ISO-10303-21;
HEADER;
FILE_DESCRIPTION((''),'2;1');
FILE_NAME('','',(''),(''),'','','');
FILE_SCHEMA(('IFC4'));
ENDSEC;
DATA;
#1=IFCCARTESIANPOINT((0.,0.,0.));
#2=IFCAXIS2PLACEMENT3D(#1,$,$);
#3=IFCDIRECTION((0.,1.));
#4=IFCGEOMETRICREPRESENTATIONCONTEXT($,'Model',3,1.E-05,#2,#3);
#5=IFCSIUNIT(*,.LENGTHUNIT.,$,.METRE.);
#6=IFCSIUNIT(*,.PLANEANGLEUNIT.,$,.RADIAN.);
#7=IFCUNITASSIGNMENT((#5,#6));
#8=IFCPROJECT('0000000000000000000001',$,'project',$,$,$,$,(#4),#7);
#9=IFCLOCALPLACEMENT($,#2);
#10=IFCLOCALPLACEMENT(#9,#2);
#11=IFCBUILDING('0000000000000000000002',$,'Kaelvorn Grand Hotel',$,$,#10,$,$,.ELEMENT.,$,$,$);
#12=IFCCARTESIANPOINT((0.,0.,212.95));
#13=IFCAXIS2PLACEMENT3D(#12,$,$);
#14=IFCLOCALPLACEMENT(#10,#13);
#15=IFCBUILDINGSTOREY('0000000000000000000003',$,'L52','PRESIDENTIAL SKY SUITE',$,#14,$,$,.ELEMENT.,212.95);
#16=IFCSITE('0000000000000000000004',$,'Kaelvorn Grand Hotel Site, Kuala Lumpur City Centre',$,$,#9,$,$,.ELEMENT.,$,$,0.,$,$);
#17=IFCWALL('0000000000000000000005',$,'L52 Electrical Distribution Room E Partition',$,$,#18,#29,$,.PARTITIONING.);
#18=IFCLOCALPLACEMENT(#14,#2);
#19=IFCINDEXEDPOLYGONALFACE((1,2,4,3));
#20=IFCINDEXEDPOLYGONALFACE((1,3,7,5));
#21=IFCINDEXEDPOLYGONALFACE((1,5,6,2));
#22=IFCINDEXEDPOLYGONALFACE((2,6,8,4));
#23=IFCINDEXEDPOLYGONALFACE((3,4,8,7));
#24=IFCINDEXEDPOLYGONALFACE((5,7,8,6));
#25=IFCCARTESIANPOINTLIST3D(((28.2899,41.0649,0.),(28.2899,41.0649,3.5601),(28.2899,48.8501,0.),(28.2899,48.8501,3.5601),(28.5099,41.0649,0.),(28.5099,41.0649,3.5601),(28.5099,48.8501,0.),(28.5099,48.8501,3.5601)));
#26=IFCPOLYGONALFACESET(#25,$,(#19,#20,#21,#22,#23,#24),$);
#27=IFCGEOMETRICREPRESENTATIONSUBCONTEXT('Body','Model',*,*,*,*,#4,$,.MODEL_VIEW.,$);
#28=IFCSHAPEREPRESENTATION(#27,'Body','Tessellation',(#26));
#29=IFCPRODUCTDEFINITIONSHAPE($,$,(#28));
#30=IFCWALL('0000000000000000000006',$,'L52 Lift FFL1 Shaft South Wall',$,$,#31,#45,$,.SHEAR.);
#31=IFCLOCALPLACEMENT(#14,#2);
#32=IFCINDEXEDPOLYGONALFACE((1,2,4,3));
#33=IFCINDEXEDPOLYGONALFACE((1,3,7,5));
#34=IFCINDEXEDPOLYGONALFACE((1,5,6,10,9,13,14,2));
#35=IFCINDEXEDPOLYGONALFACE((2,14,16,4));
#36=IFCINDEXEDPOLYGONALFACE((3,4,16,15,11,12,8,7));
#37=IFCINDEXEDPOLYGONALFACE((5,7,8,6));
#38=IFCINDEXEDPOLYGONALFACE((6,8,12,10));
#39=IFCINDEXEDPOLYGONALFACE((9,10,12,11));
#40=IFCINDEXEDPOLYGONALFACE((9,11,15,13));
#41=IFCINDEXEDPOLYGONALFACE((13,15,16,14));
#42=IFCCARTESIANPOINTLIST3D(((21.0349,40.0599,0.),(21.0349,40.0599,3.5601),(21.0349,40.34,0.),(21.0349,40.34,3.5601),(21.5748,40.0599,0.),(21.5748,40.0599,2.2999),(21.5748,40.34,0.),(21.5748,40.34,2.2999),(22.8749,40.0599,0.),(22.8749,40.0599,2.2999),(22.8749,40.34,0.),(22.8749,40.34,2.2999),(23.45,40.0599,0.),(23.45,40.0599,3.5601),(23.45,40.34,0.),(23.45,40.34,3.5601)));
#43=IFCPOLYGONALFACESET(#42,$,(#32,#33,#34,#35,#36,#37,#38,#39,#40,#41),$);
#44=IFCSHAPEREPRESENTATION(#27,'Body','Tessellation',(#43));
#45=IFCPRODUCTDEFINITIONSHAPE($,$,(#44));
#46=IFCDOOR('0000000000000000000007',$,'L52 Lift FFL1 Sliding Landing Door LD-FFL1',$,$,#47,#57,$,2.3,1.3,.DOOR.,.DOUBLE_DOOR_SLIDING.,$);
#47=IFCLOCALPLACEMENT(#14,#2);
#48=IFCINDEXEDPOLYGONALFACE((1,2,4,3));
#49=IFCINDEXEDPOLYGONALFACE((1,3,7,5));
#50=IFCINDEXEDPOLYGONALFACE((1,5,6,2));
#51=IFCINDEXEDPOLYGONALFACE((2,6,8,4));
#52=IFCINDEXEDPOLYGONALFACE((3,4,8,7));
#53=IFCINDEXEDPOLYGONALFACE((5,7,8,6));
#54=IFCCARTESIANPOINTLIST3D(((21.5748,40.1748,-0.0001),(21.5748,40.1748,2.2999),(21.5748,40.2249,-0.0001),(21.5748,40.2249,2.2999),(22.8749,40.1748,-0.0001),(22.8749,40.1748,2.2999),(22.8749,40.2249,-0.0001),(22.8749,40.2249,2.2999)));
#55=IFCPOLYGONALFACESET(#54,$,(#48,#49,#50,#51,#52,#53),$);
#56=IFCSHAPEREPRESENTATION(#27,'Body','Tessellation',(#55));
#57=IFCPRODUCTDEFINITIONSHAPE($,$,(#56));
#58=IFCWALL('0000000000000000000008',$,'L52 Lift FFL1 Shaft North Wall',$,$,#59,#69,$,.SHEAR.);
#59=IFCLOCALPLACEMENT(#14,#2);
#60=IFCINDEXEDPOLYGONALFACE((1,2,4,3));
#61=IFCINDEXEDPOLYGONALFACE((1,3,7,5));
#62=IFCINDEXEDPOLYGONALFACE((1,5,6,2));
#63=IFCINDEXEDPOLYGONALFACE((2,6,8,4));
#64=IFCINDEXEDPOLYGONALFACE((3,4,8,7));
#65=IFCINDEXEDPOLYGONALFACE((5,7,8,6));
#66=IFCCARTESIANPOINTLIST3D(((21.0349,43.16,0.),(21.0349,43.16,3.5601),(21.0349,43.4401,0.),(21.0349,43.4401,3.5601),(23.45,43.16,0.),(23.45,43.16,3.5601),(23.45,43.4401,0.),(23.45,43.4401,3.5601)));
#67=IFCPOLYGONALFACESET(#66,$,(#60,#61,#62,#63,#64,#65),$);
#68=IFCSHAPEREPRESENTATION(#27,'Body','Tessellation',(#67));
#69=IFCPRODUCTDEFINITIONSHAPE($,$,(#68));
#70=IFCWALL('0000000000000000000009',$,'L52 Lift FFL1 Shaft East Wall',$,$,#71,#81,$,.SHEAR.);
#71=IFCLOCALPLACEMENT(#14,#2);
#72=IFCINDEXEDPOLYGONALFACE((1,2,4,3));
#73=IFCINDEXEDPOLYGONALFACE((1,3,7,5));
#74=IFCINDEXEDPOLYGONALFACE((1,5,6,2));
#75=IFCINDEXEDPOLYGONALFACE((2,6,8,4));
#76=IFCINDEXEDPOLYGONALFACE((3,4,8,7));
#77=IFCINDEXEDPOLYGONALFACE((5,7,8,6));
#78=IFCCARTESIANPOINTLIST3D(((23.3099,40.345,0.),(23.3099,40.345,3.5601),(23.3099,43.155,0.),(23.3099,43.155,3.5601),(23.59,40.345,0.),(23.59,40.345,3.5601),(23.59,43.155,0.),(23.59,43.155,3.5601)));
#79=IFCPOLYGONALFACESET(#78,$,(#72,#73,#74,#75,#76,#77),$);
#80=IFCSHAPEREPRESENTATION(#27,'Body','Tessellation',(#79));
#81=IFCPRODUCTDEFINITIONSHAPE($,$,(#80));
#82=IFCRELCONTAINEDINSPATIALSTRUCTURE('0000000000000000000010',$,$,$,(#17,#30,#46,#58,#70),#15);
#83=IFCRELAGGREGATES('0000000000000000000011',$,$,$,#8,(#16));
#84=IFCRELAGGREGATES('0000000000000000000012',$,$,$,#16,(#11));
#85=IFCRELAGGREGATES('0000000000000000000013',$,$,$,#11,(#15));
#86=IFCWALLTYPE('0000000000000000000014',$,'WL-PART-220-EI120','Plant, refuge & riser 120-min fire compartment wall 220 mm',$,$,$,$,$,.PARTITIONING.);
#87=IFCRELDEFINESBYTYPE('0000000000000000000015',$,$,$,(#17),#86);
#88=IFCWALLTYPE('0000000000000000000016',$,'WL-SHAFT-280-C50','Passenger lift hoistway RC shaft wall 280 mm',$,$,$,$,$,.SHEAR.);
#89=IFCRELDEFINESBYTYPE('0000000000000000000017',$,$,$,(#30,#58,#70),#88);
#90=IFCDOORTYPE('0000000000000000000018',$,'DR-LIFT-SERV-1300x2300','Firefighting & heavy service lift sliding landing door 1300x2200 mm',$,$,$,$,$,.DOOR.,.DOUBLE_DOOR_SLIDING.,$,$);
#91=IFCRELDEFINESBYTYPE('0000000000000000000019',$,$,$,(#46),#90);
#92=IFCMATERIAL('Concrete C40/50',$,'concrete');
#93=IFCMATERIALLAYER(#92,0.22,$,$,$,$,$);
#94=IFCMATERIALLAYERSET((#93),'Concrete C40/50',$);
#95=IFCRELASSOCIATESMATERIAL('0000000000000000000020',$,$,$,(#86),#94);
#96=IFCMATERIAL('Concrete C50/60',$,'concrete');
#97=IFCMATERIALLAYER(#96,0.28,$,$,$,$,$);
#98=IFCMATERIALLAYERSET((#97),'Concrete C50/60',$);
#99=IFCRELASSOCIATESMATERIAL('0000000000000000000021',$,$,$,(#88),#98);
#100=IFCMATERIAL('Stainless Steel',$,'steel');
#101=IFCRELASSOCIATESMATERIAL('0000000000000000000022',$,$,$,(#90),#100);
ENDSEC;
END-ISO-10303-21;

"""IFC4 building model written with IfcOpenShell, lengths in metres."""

from ifc_helpers import new_model, si_unit, direction, frame, frame_2d, origin, place, context, subcontext, project, spatial, rectangle, extrude, material, layer, layer_set, type_object, element, fill, save


model = new_model("IFC4")

# Units and contexts
model_context = context("Model", 3, precision=1e-05, world=origin(), true_north=direction((0.0, 1.0)))
body_context = subcontext(model_context, "Body", "Model", "MODEL_VIEW")
ifc_project = project(units=[si_unit("LENGTHUNIT", "METRE"), si_unit("PLANEANGLEUNIT", "RADIAN")], contexts=[model_context])

# Site, building, storey
site_placement = place(None, origin())
site = spatial("IfcSite", under=ifc_project, at=site_placement, Name="Kaelvorn Grand Hotel Site, Kuala Lumpur City Centre", CompositionType="ELEMENT", RefElevation=0.0)
building_placement = place(site_placement, origin())
building = spatial("IfcBuilding", under=site, at=building_placement, Name="Kaelvorn Grand Hotel", CompositionType="ELEMENT")
storey_placement = place(building_placement, frame((0.0, 0.0, 212.95)))
storey = spatial("IfcBuildingStorey", under=building, at=storey_placement, Name="L52", Description="PRESIDENTIAL SKY SUITE", CompositionType="ELEMENT", Elevation=212.95)

# Shared definitions
ifc_material_1 = material(Name="Concrete C50/60", Category="concrete")

# Shared definitions
ifc_material_2 = material(Name="Concrete C40/50", Category="concrete")
ifc_layer_1 = layer(ifc_material_2, 0.22)
ifc_layer_set_1 = layer_set([ifc_layer_1], Name="Concrete C40/50")
wall_type_1 = type_object("IfcWallType", Name="WL-PART-220-EI120", Description="Plant, refuge & riser 120-min fire compartment wall 220 mm", PredefinedType="PARTITIONING", material=ifc_layer_set_1)

# Wall
for number, where, z_axis, x_axis, name in (
    (1, (28.3999, 41.0649, 0.0), (0.0, 0.0, 1.0), (0.0, 1.0, 0.0), "L52 Electrical Distribution Room E Partition"),
):
    element("IfcWall", number, at=place(storey_placement, frame(where, z_axis=z_axis, x_axis=x_axis)), inside=storey, type_object=wall_type_1, Name=name, PredefinedType="PARTITIONING", context=body_context, shape_type="SweptSolid", body=[
        extrude(rectangle(XDim=7.7852, YDim=0.22, at=frame_2d((3.8926, 0.0))), origin(), (0.0, 0.0, 1.0), 3.5601),
    ])

# Wall, opening, door
ifc_layer_2 = layer(ifc_material_1, 0.28)
ifc_layer_set_2 = layer_set([ifc_layer_2], Name="Concrete C50/60")
wall_type_2 = type_object("IfcWallType", Name="WL-SHAFT-280-C50", Description="Passenger lift hoistway RC shaft wall 280 mm", PredefinedType="SHEAR", material=ifc_layer_set_2)
wall_1_placement = place(storey_placement, frame((21.0349, 40.2, 0.0), z_axis=(0.0, 0.0, 1.0), x_axis=(1.0, 0.0, 0.0)))
wall_1 = element("IfcWall", 2, at=wall_1_placement, inside=storey, type_object=wall_type_2, Name="L52 Lift FFL1 Shaft South Wall", PredefinedType="SHEAR", context=body_context, shape_type="SweptSolid", body=[
    extrude(rectangle(XDim=2.415, YDim=0.28, at=frame_2d((1.2075, 0.0))), origin(), (0.0, 0.0, 1.0), 3.5601),
])
opening_1_placement = place(wall_1_placement, frame((0.54, 0.0, 0.0)))
opening_1 = element("IfcOpeningElement", 3, at=opening_1_placement, cuts=wall_1, PredefinedType="OPENING", context=body_context, shape_type="SweptSolid", body=[
    extrude(rectangle(XDim=1.3, YDim=2.3, at=frame_2d((0.6499, 1.1499))), frame((0.0, 0.1499, 0.0), z_axis=(0.0, -1.0, 0.0), x_axis=(1.0, 0.0, 0.0)), (0.0, 0.0, 1.0), 0.3),
])
ifc_material_3 = material(Name="Stainless Steel", Category="steel")
door_type_1 = type_object("IfcDoorType", Name="DR-LIFT-SERV-1300x2300", Description="Firefighting & heavy service lift sliding landing door 1300x2200 mm", OperationType="DOUBLE_DOOR_SLIDING", PredefinedType="DOOR", material=ifc_material_3)
door_1_placement = place(opening_1_placement, origin())
door_1 = element("IfcDoor", 4, at=door_1_placement, inside=storey, type_object=door_type_1, Name="L52 Lift FFL1 Sliding Landing Door LD-FFL1", OperationType="DOUBLE_DOOR_SLIDING", OverallHeight=2.3, OverallWidth=1.3, PredefinedType="DOOR", context=body_context, shape_type="SweptSolid", body=[
    extrude(rectangle(XDim=1.3, YDim=2.3, at=frame_2d((0.6499, 1.1499))), frame((0.0, 0.0249, 0.0), z_axis=(0.0, -1.0, 0.0), x_axis=(1.0, 0.0, 0.0)), (0.0, 0.0, 1.0), 0.05),
])
fill(opening_1, door_1)

# Walls
wall_2_placement = place(storey_placement, frame((21.0349, 43.3, 0.0), z_axis=(0.0, 0.0, 1.0), x_axis=(1.0, 0.0, 0.0)))
element("IfcWall", 5, at=wall_2_placement, inside=storey, type_object=wall_type_2, Name="L52 Lift FFL1 Shaft North Wall", PredefinedType="SHEAR", context=body_context, shape_type="SweptSolid", body=[
    extrude(rectangle(XDim=2.415, YDim=0.28, at=frame_2d((1.2075, 0.0))), origin(), (0.0, 0.0, 1.0), 3.5601),
])
wall_3_placement = place(storey_placement, frame((23.45, 40.345, 0.0), z_axis=(0.0, 0.0, 1.0), x_axis=(0.0, 1.0, 0.0)))
element("IfcWall", 6, at=wall_3_placement, inside=storey, type_object=wall_type_2, Name="L52 Lift FFL1 Shaft East Wall", PredefinedType="SHEAR", context=body_context, shape_type="SweptSolid", body=[
    extrude(rectangle(XDim=2.8101, YDim=0.28, at=frame_2d((1.405, 0.0))), origin(), (0.0, 0.0, 1.0), 3.5601),
])

save(model, "model.ifc")
